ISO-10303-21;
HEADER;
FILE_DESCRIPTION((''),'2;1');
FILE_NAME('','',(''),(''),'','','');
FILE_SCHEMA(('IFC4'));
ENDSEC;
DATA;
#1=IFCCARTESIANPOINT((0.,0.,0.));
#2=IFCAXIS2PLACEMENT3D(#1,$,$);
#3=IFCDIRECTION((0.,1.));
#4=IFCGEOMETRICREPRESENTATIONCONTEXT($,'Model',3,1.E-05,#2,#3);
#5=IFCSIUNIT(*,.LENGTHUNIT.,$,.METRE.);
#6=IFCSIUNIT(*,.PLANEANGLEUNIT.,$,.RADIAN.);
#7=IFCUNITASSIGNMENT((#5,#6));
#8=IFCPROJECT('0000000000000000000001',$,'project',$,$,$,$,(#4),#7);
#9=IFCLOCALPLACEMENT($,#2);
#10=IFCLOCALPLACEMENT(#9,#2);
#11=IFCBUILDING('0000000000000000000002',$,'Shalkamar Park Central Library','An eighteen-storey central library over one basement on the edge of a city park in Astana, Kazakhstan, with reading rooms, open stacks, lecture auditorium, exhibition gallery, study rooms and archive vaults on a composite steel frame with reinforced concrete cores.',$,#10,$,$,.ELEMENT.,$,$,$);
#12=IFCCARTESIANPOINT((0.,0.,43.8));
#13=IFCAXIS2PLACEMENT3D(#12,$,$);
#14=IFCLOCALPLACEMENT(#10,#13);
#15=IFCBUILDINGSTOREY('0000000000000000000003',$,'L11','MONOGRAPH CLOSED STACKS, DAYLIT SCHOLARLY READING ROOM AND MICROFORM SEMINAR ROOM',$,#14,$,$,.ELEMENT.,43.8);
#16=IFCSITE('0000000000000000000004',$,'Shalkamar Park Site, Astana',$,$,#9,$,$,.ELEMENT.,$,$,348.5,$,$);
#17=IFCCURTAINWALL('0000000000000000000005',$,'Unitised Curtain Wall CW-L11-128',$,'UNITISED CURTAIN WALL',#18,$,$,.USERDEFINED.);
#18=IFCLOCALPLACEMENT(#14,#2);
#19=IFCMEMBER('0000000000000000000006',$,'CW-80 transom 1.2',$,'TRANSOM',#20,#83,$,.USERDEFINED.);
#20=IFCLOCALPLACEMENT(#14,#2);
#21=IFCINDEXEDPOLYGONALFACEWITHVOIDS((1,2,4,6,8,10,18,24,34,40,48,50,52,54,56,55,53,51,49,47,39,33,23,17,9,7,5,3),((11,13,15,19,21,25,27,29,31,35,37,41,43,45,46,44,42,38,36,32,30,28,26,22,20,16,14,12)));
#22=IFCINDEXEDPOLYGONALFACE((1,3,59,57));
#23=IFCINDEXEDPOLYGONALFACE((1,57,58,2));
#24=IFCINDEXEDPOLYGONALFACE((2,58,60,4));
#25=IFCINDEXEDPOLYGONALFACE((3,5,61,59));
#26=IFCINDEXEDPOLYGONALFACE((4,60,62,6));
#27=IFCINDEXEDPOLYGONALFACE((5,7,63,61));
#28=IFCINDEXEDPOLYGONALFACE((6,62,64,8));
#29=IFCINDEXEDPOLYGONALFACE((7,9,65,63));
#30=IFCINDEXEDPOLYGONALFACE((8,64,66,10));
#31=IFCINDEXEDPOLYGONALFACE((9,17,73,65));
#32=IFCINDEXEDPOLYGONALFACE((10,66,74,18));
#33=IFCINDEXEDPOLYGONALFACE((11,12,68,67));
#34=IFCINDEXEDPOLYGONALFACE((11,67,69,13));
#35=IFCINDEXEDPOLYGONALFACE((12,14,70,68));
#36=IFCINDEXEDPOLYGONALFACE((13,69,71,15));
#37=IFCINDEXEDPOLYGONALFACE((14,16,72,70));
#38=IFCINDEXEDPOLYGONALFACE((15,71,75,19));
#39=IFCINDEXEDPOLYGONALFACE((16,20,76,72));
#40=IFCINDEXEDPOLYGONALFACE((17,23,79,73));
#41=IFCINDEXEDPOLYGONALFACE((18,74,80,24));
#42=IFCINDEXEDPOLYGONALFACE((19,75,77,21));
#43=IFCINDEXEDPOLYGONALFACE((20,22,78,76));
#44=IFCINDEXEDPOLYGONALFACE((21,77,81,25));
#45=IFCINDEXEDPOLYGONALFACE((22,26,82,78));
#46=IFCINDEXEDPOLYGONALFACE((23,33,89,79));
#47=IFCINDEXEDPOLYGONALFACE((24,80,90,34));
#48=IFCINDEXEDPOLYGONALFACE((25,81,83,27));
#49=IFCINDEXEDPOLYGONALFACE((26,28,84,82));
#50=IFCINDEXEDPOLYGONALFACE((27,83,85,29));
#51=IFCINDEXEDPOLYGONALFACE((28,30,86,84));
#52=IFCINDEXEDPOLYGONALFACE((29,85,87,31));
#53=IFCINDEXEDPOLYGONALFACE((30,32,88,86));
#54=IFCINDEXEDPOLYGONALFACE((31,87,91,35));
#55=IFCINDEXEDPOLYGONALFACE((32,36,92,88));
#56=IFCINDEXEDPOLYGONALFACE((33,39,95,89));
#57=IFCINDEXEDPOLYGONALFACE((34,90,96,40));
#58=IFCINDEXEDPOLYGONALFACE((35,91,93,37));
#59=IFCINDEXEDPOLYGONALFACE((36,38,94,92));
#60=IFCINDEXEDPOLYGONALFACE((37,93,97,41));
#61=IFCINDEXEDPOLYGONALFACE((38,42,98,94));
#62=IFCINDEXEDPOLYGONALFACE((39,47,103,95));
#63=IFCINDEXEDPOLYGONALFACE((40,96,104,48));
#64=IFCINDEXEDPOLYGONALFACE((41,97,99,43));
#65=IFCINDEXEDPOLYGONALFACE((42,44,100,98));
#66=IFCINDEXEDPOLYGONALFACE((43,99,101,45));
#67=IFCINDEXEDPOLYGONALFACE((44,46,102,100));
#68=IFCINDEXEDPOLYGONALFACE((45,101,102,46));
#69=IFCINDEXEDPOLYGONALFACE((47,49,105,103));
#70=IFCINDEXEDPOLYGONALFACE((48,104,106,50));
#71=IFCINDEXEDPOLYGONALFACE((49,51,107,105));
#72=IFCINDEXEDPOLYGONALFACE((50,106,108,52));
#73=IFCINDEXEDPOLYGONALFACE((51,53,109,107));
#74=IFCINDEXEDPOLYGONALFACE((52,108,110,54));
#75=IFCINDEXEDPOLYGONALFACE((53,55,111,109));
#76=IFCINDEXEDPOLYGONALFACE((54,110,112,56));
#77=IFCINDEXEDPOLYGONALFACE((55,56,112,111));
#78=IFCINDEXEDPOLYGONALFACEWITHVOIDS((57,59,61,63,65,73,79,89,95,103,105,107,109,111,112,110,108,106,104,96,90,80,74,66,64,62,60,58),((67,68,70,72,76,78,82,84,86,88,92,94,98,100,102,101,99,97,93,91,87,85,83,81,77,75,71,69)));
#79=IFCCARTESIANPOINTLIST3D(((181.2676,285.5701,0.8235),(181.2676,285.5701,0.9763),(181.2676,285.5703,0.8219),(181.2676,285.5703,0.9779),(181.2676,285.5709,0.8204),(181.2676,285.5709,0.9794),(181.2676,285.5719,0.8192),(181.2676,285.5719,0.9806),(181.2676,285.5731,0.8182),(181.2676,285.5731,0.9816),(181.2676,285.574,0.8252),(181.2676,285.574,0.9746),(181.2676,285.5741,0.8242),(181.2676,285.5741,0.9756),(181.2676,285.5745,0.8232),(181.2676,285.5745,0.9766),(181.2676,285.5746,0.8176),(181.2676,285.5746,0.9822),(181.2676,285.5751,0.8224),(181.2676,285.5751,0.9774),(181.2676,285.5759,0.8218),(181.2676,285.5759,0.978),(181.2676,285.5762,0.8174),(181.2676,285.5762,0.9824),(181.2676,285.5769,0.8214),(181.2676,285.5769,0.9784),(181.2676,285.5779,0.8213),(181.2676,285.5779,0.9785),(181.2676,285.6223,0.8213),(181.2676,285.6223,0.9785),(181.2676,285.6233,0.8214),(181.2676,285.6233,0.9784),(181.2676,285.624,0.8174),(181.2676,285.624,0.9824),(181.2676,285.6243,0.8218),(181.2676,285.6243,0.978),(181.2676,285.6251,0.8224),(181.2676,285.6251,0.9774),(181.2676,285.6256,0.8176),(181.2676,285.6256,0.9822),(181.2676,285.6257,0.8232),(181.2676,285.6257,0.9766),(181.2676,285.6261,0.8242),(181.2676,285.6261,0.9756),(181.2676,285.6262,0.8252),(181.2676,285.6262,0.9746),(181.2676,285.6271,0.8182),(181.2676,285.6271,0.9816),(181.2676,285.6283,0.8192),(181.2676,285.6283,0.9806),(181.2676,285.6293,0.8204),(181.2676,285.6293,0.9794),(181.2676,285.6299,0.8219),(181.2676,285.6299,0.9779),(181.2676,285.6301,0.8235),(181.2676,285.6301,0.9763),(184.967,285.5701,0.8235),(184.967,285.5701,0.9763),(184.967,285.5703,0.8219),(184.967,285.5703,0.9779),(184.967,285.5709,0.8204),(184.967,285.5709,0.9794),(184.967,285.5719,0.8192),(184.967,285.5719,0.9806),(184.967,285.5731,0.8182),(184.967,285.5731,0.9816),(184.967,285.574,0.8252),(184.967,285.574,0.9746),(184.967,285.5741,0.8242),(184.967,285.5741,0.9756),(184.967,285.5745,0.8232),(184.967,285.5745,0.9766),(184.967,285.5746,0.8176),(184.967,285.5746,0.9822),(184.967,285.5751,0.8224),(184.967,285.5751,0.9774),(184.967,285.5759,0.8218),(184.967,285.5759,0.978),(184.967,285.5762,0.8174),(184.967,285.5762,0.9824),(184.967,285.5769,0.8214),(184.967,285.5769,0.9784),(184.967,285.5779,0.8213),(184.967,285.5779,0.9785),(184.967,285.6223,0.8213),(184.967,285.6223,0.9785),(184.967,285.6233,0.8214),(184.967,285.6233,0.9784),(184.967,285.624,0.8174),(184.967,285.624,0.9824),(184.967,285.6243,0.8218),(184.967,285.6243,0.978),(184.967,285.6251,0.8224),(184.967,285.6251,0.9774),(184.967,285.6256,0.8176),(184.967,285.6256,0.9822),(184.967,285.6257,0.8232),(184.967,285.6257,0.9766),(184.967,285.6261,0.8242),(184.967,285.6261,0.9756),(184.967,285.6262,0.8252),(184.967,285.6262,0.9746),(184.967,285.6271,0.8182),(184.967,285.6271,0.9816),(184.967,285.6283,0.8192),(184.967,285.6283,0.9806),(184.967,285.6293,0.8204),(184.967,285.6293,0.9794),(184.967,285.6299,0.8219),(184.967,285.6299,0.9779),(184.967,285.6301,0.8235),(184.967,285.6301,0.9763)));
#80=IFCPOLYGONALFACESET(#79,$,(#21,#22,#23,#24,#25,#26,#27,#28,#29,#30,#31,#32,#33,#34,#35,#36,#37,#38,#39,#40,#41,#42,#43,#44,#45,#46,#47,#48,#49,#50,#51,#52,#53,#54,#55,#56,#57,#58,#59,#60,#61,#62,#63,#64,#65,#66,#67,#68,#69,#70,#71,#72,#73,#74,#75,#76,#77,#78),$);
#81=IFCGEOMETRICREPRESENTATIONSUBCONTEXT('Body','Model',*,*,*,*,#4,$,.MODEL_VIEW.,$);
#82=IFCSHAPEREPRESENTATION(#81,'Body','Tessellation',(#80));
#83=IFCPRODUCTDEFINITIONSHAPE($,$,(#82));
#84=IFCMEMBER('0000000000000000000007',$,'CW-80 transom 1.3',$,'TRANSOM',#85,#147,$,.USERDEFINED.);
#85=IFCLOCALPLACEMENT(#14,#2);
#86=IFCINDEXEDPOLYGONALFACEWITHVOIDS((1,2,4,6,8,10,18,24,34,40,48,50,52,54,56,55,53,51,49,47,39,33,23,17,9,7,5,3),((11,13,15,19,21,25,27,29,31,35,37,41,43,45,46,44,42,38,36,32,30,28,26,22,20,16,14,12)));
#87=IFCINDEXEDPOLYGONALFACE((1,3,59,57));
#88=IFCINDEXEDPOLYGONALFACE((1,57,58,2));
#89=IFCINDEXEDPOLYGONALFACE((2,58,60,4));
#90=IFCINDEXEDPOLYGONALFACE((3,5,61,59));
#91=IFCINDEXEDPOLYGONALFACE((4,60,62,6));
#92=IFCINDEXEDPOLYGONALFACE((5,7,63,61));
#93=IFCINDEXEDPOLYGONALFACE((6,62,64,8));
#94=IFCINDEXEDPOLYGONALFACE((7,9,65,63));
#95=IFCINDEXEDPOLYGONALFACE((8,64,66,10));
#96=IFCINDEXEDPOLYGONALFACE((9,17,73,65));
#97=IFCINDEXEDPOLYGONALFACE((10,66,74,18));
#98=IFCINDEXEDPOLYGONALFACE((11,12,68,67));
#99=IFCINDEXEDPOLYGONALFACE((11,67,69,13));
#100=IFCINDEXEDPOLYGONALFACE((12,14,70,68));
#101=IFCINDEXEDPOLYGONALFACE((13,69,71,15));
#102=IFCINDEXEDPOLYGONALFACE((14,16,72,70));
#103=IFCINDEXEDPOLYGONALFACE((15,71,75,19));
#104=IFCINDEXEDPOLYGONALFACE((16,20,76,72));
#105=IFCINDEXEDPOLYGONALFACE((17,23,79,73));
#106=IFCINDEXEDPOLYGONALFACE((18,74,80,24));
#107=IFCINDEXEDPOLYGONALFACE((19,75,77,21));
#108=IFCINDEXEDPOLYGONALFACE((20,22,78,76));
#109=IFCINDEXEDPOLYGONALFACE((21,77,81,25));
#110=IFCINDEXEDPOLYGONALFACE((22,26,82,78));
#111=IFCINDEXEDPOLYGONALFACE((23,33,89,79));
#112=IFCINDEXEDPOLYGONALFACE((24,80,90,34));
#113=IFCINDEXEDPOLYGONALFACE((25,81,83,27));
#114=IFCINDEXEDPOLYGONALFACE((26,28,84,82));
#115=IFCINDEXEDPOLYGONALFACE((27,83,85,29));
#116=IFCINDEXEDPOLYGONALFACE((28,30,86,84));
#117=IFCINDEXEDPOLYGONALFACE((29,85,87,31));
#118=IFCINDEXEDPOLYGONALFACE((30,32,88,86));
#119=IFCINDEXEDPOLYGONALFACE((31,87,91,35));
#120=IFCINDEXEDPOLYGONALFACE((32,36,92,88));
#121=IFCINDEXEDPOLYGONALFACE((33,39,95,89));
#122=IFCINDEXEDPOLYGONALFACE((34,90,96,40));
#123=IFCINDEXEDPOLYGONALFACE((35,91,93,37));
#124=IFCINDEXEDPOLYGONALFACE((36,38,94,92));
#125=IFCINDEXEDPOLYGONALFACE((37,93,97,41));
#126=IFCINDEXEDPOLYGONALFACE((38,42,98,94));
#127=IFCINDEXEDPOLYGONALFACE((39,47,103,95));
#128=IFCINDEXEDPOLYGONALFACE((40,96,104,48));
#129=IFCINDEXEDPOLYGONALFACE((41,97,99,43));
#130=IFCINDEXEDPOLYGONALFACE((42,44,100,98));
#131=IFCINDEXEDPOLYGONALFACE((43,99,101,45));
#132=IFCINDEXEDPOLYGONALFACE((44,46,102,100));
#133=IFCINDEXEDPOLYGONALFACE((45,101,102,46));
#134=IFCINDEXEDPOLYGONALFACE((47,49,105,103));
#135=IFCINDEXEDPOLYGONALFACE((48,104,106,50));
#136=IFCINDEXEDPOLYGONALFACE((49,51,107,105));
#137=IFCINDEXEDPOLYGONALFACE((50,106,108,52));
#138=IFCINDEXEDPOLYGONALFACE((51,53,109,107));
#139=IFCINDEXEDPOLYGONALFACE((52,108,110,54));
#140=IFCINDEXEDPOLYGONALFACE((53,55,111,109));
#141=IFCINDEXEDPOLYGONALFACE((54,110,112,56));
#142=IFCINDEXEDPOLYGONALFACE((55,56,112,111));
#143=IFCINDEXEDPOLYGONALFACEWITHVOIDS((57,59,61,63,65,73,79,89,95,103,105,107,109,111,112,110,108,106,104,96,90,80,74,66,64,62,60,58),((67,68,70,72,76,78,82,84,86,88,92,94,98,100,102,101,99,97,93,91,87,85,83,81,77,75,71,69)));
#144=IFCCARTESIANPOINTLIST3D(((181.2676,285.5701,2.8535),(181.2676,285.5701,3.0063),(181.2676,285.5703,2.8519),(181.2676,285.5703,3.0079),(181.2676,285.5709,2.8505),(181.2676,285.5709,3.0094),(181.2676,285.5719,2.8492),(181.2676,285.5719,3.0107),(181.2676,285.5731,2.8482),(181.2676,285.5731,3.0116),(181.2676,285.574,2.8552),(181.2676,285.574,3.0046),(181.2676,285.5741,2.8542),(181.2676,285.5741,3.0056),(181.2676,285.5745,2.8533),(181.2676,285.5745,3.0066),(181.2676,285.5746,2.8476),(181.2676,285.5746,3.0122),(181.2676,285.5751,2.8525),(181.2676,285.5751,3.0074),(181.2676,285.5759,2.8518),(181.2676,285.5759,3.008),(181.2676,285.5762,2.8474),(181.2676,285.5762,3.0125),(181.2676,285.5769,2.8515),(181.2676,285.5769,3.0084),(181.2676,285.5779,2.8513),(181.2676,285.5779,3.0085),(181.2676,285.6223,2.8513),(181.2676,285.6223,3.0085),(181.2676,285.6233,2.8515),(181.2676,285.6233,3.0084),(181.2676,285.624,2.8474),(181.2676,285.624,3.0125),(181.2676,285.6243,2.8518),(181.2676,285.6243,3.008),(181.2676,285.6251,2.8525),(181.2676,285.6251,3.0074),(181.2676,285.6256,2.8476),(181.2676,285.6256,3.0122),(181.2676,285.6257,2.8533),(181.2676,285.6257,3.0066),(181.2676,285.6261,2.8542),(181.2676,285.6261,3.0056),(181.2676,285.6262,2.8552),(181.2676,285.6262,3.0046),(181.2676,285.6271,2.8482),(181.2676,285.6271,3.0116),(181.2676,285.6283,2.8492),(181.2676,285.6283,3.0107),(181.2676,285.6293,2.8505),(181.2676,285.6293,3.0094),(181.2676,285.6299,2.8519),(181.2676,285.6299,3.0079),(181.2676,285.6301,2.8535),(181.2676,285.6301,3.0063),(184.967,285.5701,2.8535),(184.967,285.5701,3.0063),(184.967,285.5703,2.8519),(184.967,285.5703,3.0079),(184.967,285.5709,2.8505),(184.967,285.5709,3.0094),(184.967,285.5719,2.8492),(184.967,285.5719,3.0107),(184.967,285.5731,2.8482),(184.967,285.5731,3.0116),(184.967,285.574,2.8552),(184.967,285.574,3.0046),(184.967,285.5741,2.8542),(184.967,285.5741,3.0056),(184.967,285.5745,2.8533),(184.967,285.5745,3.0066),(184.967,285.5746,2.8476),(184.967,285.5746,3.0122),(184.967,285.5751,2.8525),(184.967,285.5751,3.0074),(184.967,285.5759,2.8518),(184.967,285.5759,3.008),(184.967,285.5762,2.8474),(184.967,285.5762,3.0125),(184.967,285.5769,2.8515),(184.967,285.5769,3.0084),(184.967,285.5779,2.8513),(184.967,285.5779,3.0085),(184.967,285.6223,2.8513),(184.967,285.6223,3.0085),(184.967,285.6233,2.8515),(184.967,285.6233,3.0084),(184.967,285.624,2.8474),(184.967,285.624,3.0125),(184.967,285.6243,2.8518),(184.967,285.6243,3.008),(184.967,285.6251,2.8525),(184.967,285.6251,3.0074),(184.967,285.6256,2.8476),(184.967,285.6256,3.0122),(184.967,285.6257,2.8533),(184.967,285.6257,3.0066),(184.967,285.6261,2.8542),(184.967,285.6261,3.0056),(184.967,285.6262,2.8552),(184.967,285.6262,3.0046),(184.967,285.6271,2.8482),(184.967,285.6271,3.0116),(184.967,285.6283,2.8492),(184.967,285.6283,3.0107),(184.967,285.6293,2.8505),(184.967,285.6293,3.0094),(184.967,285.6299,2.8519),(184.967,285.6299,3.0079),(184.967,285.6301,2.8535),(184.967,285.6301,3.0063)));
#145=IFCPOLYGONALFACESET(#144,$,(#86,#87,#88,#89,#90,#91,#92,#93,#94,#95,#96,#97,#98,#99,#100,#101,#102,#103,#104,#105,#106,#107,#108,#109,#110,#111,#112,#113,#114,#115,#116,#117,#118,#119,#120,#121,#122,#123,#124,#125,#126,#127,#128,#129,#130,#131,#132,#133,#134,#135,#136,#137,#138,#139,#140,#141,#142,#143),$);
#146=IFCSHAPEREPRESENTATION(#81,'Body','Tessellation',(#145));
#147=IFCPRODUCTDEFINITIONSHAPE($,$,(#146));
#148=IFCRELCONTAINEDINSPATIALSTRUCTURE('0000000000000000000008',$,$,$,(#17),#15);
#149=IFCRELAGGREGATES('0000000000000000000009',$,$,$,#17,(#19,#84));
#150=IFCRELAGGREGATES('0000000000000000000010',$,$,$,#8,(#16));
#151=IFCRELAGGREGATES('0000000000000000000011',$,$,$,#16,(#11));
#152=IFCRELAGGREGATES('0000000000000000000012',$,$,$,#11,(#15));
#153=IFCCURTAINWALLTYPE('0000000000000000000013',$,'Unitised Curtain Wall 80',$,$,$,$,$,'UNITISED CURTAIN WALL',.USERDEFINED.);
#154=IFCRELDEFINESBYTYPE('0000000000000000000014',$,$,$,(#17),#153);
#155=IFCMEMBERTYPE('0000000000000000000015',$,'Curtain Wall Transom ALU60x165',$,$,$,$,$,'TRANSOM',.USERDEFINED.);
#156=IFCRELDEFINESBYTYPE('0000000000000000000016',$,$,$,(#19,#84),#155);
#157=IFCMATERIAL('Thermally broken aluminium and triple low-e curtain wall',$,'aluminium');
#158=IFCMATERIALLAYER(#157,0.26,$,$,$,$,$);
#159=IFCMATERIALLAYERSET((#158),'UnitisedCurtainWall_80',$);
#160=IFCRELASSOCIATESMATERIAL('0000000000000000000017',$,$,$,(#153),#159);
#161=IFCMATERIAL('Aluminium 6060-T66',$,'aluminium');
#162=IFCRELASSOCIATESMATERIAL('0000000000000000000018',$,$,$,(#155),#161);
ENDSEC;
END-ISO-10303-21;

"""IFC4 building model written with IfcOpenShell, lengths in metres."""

from ifc_helpers import new_model, si_unit, direction, frame, origin, origin_2d, place, context, subcontext, project, spatial, hollow_rectangle, extrude, material, layer, layer_set, material_profile, profile_set, type_object, element, aggregate, save


model = new_model("IFC4")

# Units and contexts
model_context = context("Model", 3, precision=1e-05, world=origin(), true_north=direction((0.0, 1.0)))
body_context = subcontext(model_context, "Body", "Model", "MODEL_VIEW")
ifc_project = project(units=[si_unit("LENGTHUNIT", "METRE"), si_unit("PLANEANGLEUNIT", "RADIAN")], contexts=[model_context])

# Site, building, storey
site_placement = place(None, origin())
site = spatial("IfcSite", under=ifc_project, at=site_placement, Name="Shalkamar Park Site, Astana", CompositionType="ELEMENT", RefElevation=348.5)
building_placement = place(site_placement, origin())
building = spatial("IfcBuilding", under=site, at=building_placement, Name="Shalkamar Park Central Library", Description="An eighteen-storey central library over one basement on the edge of a city park in Astana, Kazakhstan, with reading rooms, open stacks, lecture auditorium, exhibition gallery, study rooms and archive vaults on a composite steel frame with reinforced concrete cores.", CompositionType="ELEMENT")
storey_placement = place(building_placement, frame((0.0, 0.0, 43.8)))
storey = spatial("IfcBuildingStorey", under=building, at=storey_placement, Name="L11", Description="MONOGRAPH CLOSED STACKS, DAYLIT SCHOLARLY READING ROOM AND MICROFORM SEMINAR ROOM", CompositionType="ELEMENT", Elevation=43.8)

# Shared definitions
ifc_material_1 = material(Name="Thermally broken aluminium and triple low-e curtain wall", Category="aluminium")
ifc_material_2 = material(Name="Aluminium 6060-T66", Category="aluminium")

# Curtain wall
ifc_layer_1 = layer(ifc_material_1, 0.26)
ifc_layer_set_1 = layer_set([ifc_layer_1], Name="UnitisedCurtainWall_80")
curtain_wall_type_1 = type_object("IfcCurtainWallType", Name="Unitised Curtain Wall 80", ElementType="UNITISED CURTAIN WALL", PredefinedType="USERDEFINED", material=ifc_layer_set_1)
curtain_wall_1_placement = place(storey_placement, origin())
curtain_wall_1 = element("IfcCurtainWall", 1, at=curtain_wall_1_placement, inside=storey, type_object=curtain_wall_type_1, Name="Unitised Curtain Wall CW-L11-128", ObjectType="UNITISED CURTAIN WALL", PredefinedType="USERDEFINED")

# Members
ifc_material_profile_1 = material_profile(ifc_material_2, hollow_rectangle(XDim=0.0601, YDim=0.165, WallThickness=0.0039, InnerFilletRadius=0.0039, OuterFilletRadius=0.0061, at=origin_2d()), Name="ALU 60x165x4")
ifc_profile_set_1 = profile_set([ifc_material_profile_1], Name="Aluminium 6060-T66")
member_type_1 = type_object("IfcMemberType", Name="Curtain Wall Transom ALU60x165", ElementType="TRANSOM", PredefinedType="USERDEFINED", material=ifc_profile_set_1)
member_1_placement = place(storey_placement, frame((181.2676, 285.6001, 0.8999), z_axis=(1.0, 0.0, 0.0), x_axis=(0.0, 1.0, 0.0)))
member_1 = element("IfcMember", 2, at=member_1_placement, type_object=member_type_1, Name="CW-80 transom 1.2", ObjectType="TRANSOM", PredefinedType="USERDEFINED", context=body_context, shape_type="SweptSolid", body=[
    extrude(hollow_rectangle(XDim=0.0601, YDim=0.165, WallThickness=0.0039, InnerFilletRadius=0.0039, OuterFilletRadius=0.0061, at=origin_2d()), origin(), (0.0, 0.0, 1.0), 3.6995),
])
member_2_placement = place(storey_placement, frame((181.2676, 285.6001, 2.9299), z_axis=(1.0, 0.0, 0.0), x_axis=(0.0, 1.0, 0.0)))
member_2 = element("IfcMember", 3, at=member_2_placement, type_object=member_type_1, Name="CW-80 transom 1.3", ObjectType="TRANSOM", PredefinedType="USERDEFINED", context=body_context, shape_type="SweptSolid", body=[
    extrude(hollow_rectangle(XDim=0.0601, YDim=0.165, WallThickness=0.0039, InnerFilletRadius=0.0039, OuterFilletRadius=0.0061, at=origin_2d()), origin(), (0.0, 0.0, 1.0), 3.6995),
])

aggregate(curtain_wall_1, [member_1, member_2])

save(model, "model.ifc")
